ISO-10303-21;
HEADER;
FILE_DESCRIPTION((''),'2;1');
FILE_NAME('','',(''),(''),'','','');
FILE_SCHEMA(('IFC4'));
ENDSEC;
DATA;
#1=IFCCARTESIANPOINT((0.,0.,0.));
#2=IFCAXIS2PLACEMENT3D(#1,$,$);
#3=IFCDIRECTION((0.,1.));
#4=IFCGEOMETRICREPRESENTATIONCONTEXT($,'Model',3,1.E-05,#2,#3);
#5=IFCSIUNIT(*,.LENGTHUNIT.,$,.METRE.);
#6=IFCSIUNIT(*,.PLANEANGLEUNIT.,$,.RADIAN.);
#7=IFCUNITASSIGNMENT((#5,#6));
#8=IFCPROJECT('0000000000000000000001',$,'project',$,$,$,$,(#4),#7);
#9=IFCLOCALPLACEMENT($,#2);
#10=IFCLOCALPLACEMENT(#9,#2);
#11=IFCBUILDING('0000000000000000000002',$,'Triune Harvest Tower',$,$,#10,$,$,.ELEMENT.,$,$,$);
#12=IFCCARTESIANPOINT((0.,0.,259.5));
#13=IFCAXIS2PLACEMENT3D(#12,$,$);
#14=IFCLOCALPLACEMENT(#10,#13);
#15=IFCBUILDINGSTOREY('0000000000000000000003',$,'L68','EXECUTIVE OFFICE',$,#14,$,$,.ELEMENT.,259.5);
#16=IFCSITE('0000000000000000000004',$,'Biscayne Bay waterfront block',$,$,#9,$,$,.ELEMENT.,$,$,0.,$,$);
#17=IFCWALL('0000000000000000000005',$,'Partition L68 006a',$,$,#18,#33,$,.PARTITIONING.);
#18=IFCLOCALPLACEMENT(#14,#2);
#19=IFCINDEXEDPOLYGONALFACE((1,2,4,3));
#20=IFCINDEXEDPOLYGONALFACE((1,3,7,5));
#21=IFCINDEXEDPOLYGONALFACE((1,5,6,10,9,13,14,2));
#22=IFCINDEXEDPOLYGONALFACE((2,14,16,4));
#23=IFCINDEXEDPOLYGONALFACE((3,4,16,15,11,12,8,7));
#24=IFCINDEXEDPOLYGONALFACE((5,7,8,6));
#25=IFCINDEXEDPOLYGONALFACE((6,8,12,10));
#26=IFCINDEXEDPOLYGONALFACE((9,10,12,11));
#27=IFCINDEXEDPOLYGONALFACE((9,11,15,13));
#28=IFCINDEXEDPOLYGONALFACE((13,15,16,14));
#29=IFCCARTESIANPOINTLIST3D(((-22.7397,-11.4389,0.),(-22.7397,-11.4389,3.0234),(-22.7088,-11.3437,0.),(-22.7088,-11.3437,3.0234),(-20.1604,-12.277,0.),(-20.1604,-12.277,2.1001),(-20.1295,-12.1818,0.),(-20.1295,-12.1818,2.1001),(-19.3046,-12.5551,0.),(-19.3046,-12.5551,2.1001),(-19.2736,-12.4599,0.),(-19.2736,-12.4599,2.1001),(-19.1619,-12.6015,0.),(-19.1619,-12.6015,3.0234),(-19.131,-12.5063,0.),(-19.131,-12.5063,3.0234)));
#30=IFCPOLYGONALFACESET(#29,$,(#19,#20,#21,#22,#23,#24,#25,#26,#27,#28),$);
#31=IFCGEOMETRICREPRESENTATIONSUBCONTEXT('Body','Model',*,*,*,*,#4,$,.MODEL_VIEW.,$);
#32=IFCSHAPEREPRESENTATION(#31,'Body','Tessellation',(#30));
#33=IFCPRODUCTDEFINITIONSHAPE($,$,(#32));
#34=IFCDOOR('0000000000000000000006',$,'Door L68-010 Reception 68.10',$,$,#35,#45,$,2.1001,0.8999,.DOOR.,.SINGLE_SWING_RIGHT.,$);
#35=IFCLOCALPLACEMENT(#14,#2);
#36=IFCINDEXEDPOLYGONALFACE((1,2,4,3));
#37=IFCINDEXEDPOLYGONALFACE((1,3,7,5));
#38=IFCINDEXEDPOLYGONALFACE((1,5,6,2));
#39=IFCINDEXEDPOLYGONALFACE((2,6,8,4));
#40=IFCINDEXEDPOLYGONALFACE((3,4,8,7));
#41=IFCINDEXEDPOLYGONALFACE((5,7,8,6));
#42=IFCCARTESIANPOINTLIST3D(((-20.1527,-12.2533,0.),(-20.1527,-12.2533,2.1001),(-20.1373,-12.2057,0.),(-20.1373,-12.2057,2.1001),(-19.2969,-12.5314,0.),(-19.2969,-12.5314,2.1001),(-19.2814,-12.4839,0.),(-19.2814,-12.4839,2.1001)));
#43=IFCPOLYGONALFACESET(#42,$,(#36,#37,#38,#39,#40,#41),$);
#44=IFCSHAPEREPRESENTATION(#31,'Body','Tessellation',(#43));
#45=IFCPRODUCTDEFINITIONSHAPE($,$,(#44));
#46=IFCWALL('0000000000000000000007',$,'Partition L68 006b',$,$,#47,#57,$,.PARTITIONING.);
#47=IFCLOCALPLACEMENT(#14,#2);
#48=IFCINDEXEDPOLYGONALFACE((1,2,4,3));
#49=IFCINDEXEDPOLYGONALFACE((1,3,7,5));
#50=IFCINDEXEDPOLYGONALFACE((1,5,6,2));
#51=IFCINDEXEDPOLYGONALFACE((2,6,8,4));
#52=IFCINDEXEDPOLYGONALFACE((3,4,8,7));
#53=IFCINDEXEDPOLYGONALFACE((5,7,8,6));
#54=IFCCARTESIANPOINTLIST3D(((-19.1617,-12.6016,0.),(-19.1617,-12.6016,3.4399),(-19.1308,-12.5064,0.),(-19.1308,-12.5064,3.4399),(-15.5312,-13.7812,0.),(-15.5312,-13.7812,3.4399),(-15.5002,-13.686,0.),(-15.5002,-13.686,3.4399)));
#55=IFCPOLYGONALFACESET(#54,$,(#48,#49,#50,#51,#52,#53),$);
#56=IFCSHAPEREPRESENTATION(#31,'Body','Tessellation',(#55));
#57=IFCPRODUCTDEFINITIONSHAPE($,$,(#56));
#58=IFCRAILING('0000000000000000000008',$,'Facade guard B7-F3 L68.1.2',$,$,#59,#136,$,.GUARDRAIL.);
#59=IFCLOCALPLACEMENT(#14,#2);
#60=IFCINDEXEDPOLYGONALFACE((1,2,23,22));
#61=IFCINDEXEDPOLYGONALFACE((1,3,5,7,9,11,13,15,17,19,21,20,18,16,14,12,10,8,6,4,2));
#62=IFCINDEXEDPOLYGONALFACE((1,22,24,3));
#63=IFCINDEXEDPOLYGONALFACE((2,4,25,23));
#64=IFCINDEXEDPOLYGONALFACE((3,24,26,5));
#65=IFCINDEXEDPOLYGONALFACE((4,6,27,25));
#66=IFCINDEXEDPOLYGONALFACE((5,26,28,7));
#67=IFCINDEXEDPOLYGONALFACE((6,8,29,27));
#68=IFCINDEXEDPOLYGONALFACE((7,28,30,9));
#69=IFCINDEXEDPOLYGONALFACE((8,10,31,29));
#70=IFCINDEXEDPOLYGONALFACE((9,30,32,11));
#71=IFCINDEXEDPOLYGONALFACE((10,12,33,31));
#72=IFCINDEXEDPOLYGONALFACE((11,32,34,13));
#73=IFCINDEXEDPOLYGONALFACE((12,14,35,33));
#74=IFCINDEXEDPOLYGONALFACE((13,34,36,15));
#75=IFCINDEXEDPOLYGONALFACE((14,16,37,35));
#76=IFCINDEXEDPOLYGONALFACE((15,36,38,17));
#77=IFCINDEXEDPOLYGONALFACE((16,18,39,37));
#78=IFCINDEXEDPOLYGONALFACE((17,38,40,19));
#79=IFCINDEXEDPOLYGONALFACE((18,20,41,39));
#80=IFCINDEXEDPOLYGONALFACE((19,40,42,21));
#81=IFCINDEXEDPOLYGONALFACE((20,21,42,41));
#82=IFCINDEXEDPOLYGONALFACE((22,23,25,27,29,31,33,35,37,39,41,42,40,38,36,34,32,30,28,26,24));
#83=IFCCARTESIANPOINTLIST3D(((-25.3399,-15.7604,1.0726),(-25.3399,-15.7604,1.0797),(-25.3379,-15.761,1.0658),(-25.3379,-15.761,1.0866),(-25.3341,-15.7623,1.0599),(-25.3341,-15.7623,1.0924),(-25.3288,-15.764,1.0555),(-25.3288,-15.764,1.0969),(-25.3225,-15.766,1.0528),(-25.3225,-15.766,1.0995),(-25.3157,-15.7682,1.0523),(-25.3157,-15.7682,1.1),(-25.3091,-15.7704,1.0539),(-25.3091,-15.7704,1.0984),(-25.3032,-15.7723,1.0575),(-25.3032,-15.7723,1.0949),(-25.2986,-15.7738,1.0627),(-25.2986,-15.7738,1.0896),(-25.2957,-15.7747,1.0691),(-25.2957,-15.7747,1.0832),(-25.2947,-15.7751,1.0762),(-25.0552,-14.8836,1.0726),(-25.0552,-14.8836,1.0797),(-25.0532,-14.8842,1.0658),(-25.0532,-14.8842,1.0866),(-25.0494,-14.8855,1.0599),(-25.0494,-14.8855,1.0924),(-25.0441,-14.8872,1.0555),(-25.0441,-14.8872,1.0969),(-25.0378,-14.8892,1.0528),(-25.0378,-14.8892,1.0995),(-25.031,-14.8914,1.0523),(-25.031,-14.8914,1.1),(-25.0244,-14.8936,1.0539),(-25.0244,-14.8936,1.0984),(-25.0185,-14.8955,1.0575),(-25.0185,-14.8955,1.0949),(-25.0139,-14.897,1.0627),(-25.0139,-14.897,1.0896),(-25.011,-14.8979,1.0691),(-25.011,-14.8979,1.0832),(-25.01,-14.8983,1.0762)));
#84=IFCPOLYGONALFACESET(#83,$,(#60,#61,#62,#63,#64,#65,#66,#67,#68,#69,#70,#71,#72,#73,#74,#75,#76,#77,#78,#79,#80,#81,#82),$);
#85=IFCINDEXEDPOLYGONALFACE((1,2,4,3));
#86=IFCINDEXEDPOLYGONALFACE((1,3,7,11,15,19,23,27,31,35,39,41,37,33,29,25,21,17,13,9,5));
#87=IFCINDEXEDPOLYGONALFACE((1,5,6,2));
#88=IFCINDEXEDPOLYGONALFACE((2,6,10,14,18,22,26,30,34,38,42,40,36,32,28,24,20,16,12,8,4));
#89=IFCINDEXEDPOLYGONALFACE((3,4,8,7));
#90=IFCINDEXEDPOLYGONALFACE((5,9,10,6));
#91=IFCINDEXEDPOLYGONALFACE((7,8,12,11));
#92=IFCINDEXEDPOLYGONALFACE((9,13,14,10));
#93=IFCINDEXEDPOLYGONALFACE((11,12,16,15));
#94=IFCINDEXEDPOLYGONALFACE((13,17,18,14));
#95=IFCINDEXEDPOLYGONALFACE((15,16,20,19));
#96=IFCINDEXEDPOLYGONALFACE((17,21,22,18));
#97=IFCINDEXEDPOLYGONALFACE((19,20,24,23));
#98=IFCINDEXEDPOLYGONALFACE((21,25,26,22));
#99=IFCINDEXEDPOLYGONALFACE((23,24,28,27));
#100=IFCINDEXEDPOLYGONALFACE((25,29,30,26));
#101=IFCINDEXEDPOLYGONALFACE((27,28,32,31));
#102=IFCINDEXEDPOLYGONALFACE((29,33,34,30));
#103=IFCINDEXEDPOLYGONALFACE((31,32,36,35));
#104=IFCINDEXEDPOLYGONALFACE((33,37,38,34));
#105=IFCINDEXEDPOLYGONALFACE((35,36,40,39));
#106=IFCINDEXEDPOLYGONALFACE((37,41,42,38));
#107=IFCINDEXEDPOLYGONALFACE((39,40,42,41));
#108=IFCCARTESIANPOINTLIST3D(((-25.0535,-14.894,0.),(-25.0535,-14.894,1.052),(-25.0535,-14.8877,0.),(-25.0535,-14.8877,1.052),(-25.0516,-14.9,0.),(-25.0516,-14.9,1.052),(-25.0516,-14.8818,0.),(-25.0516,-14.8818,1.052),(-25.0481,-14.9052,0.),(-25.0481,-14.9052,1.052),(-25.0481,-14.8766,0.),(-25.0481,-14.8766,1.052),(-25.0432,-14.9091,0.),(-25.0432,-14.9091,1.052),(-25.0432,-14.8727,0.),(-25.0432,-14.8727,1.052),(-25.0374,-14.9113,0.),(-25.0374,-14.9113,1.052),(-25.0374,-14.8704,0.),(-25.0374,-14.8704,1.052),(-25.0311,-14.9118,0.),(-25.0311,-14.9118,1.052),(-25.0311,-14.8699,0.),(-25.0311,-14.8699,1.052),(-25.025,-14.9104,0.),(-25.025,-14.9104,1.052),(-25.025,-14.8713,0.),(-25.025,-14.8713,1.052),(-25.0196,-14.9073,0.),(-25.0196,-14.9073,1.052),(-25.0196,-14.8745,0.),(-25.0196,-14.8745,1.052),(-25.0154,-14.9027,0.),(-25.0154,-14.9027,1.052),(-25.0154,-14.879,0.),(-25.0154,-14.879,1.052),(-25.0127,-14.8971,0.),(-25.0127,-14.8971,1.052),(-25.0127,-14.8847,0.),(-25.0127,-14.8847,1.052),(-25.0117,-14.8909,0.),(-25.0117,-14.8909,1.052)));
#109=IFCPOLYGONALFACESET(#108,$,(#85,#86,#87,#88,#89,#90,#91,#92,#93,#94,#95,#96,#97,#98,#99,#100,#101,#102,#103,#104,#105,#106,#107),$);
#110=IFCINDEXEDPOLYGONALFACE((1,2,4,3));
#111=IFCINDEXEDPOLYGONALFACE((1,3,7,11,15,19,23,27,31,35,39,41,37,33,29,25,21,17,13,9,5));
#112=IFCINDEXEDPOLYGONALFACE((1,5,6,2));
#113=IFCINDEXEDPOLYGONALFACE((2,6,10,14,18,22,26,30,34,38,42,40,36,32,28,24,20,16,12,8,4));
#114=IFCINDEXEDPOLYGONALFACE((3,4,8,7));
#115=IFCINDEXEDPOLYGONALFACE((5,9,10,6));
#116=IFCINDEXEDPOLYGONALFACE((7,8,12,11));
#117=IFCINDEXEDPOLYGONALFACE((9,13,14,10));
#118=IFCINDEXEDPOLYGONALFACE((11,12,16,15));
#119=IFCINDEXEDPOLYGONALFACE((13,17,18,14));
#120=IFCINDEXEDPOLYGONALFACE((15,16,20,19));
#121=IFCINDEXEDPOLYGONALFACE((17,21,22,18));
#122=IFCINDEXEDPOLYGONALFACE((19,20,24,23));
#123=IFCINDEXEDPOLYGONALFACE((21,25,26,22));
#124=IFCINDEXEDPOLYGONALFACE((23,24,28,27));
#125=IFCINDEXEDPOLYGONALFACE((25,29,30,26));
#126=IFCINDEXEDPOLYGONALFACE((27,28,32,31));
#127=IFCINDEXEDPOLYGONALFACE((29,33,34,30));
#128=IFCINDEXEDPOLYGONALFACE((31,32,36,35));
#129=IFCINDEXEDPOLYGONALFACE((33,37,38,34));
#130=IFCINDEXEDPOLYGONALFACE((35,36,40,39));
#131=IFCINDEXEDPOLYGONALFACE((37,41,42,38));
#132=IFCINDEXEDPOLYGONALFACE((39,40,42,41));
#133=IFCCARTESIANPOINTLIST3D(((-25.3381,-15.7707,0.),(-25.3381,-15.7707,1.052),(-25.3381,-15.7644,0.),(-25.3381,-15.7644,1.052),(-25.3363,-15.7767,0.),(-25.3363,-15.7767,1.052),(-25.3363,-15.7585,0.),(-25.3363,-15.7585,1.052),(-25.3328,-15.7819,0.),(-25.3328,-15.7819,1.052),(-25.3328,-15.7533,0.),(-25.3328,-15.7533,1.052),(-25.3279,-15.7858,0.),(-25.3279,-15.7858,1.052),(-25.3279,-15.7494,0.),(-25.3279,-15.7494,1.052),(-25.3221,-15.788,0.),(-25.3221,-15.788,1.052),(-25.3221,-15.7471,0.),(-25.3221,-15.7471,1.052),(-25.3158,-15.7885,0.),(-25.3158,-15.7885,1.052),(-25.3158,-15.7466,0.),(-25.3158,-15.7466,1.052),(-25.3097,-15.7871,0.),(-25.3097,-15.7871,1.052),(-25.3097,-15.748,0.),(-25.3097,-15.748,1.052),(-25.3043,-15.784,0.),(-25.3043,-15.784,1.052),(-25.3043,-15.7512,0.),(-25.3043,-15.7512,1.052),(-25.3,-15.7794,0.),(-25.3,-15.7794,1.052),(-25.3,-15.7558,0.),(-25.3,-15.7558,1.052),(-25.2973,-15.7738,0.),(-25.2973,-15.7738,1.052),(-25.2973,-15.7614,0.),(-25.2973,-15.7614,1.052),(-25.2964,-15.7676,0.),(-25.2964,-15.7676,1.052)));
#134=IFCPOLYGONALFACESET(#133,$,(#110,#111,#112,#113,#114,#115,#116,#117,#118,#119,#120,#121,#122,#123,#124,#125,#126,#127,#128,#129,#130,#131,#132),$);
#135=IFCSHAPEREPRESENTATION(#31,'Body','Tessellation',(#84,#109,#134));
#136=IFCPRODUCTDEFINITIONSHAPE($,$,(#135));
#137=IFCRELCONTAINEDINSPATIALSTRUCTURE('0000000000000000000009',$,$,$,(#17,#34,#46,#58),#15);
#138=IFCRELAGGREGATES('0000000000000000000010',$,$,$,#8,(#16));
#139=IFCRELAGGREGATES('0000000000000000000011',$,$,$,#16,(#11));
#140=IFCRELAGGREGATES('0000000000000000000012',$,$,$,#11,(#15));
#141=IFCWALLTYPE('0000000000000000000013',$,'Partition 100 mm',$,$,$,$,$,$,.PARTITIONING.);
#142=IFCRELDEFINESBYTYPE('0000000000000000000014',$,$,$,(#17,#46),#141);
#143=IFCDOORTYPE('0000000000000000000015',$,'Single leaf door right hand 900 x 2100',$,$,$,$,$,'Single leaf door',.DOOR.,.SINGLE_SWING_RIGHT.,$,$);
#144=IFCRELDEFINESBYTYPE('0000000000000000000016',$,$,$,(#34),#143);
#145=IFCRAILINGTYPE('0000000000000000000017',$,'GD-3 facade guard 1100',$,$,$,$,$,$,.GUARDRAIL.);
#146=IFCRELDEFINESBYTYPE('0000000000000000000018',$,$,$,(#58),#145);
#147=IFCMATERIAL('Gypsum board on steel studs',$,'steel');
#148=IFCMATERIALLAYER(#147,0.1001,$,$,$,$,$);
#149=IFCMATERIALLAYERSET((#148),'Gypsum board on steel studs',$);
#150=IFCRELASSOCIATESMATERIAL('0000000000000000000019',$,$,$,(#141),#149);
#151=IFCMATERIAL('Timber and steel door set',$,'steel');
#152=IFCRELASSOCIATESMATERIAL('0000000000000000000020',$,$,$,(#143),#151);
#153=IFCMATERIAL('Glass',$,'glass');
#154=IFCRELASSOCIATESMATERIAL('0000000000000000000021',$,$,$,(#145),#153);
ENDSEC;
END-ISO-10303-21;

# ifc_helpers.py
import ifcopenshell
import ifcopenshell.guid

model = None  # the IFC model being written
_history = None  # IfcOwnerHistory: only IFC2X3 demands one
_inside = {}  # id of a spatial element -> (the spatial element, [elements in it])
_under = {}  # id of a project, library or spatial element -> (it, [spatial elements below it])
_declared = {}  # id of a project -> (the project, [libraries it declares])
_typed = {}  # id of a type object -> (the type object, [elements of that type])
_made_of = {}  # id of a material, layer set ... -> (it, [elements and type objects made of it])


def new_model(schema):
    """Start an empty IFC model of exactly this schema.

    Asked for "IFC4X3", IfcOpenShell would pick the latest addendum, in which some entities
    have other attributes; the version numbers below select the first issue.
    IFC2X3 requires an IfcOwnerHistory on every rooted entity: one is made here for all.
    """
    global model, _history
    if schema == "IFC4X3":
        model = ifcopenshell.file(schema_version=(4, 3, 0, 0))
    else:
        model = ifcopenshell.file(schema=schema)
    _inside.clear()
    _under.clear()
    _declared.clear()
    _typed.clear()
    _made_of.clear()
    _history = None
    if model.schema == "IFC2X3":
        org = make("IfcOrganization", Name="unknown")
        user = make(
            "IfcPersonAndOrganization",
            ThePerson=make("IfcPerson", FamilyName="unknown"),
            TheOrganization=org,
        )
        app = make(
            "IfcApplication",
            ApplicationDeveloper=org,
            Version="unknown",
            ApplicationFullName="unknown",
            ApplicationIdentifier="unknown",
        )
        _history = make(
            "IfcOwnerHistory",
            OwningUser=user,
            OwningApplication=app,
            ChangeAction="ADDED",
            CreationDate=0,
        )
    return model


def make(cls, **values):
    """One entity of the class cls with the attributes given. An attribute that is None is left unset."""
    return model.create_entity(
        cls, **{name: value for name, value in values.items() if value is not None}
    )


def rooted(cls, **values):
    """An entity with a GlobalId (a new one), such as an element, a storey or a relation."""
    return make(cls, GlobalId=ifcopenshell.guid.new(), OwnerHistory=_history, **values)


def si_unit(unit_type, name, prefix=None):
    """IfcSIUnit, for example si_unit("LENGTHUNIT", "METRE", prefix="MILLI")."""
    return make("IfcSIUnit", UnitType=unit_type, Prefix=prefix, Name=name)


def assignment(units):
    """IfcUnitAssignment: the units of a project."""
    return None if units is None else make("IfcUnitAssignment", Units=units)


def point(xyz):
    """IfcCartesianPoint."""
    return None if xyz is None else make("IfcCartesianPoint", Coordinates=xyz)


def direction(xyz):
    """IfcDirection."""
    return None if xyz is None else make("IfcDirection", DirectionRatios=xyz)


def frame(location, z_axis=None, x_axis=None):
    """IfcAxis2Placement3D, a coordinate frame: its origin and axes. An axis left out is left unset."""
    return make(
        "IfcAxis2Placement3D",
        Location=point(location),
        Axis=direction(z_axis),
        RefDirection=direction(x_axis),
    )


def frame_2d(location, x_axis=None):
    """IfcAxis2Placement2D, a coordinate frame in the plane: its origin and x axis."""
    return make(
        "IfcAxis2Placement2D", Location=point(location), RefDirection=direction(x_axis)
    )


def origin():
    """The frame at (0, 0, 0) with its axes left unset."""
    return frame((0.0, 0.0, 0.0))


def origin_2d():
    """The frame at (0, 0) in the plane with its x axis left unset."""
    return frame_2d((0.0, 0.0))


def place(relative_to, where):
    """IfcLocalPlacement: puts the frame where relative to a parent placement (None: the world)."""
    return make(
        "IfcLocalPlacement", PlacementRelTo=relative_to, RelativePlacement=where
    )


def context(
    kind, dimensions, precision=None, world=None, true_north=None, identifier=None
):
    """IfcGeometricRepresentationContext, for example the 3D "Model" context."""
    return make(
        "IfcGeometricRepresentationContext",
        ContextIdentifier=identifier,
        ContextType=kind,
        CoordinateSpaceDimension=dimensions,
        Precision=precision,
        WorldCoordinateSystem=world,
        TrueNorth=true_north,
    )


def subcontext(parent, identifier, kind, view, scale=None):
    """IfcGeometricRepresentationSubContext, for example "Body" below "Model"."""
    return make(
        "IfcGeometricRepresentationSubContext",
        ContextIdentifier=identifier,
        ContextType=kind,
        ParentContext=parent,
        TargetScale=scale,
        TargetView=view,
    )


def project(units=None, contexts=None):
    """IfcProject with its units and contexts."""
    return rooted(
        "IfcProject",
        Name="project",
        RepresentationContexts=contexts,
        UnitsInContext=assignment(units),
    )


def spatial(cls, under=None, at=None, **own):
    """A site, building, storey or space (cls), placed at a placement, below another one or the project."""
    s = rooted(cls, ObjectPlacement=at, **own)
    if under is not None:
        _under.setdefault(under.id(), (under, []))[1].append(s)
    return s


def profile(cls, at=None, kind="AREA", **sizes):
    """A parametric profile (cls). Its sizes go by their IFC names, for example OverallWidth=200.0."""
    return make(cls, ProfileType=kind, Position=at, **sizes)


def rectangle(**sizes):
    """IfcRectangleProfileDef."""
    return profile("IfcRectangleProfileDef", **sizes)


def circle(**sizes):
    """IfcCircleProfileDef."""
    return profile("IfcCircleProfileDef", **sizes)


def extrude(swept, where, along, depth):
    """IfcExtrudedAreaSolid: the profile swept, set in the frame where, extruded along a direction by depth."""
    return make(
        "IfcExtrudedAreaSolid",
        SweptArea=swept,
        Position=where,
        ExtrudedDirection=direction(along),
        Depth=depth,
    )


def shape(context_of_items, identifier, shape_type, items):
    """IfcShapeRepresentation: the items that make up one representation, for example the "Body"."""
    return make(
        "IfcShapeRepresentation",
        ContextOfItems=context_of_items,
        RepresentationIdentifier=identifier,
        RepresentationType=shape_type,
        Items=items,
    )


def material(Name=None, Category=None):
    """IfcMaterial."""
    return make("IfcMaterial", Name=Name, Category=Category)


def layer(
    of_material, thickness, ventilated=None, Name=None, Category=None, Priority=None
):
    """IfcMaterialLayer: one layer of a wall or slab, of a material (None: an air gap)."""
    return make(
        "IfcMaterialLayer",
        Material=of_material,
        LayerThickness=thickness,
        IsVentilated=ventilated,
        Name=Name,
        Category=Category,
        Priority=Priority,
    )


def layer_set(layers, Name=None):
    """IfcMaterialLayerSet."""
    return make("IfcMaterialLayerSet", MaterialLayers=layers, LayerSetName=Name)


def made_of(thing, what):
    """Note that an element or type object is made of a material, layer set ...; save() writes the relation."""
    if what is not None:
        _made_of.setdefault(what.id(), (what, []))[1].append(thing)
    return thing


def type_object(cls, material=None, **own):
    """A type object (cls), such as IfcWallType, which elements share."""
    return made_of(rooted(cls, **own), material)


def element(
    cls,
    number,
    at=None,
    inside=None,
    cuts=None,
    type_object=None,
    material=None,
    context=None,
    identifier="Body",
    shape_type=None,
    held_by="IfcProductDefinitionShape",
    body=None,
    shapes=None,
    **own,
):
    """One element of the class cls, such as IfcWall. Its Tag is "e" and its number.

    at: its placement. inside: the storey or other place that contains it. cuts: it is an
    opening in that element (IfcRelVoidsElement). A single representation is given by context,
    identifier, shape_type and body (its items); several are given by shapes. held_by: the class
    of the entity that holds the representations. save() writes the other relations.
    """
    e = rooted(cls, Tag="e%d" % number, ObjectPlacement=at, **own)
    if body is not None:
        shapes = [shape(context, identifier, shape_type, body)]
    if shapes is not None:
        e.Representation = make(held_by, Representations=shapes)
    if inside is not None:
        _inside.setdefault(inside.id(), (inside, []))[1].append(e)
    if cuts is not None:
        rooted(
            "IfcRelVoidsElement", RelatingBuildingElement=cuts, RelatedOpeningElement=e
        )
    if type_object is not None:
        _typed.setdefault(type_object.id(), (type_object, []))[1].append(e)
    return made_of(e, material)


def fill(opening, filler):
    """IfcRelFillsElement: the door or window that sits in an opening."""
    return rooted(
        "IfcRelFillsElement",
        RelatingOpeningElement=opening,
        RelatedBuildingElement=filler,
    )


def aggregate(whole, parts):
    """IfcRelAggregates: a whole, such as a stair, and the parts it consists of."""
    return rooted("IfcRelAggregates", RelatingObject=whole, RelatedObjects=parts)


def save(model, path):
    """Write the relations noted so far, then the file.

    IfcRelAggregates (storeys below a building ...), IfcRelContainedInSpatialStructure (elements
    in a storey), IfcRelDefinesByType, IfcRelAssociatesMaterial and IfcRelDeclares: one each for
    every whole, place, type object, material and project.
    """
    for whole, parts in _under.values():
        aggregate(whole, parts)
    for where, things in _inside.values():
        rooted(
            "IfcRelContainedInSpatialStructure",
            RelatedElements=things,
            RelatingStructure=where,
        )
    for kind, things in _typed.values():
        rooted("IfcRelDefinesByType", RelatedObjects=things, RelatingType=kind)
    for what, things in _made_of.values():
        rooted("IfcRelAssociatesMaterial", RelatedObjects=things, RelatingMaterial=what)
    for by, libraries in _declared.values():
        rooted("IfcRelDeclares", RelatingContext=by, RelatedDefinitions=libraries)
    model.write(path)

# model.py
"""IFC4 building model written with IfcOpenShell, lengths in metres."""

from ifc_helpers import new_model, si_unit, direction, frame, frame_2d, origin, origin_2d, place, context, subcontext, project, spatial, rectangle, circle, extrude, material, layer, layer_set, type_object, element, fill, save


model = new_model("IFC4")

# Units and contexts
model_context = context("Model", 3, precision=1e-05, world=origin(), true_north=direction((0.0, 1.0)))
body_context = subcontext(model_context, "Body", "Model", "MODEL_VIEW")
ifc_project = project(units=[si_unit("LENGTHUNIT", "METRE"), si_unit("PLANEANGLEUNIT", "RADIAN")], contexts=[model_context])

# Site, building, storey
site_placement = place(None, origin())
site = spatial("IfcSite", under=ifc_project, at=site_placement, Name="Biscayne Bay waterfront block", CompositionType="ELEMENT", RefElevation=0.0)
building_placement = place(site_placement, origin())
building = spatial("IfcBuilding", under=site, at=building_placement, Name="Triune Harvest Tower", CompositionType="ELEMENT")
storey_placement = place(building_placement, frame((0.0, 0.0, 259.5)))
storey = spatial("IfcBuildingStorey", under=building, at=storey_placement, Name="L68", Description="EXECUTIVE OFFICE", CompositionType="ELEMENT", Elevation=259.5)

# Shared definitions
ifc_material_1 = material(Name="Gypsum board on steel studs", Category="steel")
ifc_layer_1 = layer(ifc_material_1, 0.1001)
ifc_layer_set_1 = layer_set([ifc_layer_1], Name="Gypsum board on steel studs")
wall_type = type_object("IfcWallType", Name="Partition 100 mm", PredefinedType="PARTITIONING", material=ifc_layer_set_1)

# Wall, opening, door
wall_1_placement = place(storey_placement, frame((-22.7241, -11.3914, 0.0), z_axis=(0.0, 0.0, 1.0), x_axis=(0.951051, -0.309035, 0.0)))
wall_1 = element("IfcWall", 1, at=wall_1_placement, inside=storey, type_object=wall_type, Name="Partition L68 006a", PredefinedType="PARTITIONING", context=body_context, shape_type="SweptSolid", body=[
    extrude(rectangle(XDim=3.762, YDim=0.1001, at=frame_2d((1.8809, 0.0))), origin(), (0.0, 0.0, 1.0), 3.0234),
])
opening_placement = place(wall_1_placement, frame((2.7119, 0.0, 0.0)))
opening = element("IfcOpeningElement", 2, at=opening_placement, cuts=wall_1, PredefinedType="OPENING", context=body_context, shape_type="SweptSolid", body=[
    extrude(rectangle(XDim=0.8999, YDim=2.1001, at=frame_2d((0.45, 1.05))), frame((0.0, 0.0601, 0.0), z_axis=(0.0, -1.0, 0.0), x_axis=(1.0, 0.0, 0.0)), (0.0, 0.0, 1.0), 0.1201),
])
ifc_material_2 = material(Name="Timber and steel door set", Category="steel")
door_type = type_object("IfcDoorType", Name="Single leaf door right hand 900 x 2100", ElementType="Single leaf door", OperationType="SINGLE_SWING_RIGHT", PredefinedType="DOOR", material=ifc_material_2)
door_placement = place(opening_placement, origin())
door = element("IfcDoor", 3, at=door_placement, inside=storey, type_object=door_type, Name="Door L68-010 Reception 68.10", OperationType="SINGLE_SWING_RIGHT", OverallHeight=2.1001, OverallWidth=0.8999, PredefinedType="DOOR", context=body_context, shape_type="SweptSolid", body=[
    extrude(rectangle(XDim=0.8999, YDim=2.1001, at=frame_2d((0.45, 1.05))), frame((0.0, 0.0249, 0.0), z_axis=(0.0, -1.0, 0.0), x_axis=(1.0, 0.0, 0.0)), (0.0, 0.0, 1.0), 0.05),
])
fill(opening, door)

# Wall
wall_2_placement = place(storey_placement, frame((-19.1462, -12.554, 0.0), z_axis=(0.0, 0.0, 1.0), x_axis=(0.951054, -0.309024, 0.0)))
element("IfcWall", 4, at=wall_2_placement, inside=storey, type_object=wall_type, Name="Partition L68 006b", PredefinedType="PARTITIONING", context=body_context, shape_type="SweptSolid", body=[
    extrude(rectangle(XDim=3.8174, YDim=0.1001, at=frame_2d((1.9087, 0.0))), origin(), (0.0, 0.0, 1.0), 3.4399),
])

# Railing
ifc_material_3 = material(Name="Glass", Category="glass")
railing_type = type_object("IfcRailingType", Name="GD-3 facade guard 1100", PredefinedType="GUARDRAIL", material=ifc_material_3)
railing_placement = place(storey_placement, frame((-25.0327, -14.8909, 0.0)))
element("IfcRailing", 5, at=railing_placement, inside=storey, type_object=railing_type, Name="Facade guard B7-F3 L68.1.2", PredefinedType="GUARDRAIL", context=body_context, shape_type="SweptSolid", body=[
    extrude(circle(Radius=0.0239, at=origin_2d()), frame((0.0, 0.0, 1.0762), z_axis=(-0.308829, -0.951118, 0.0), x_axis=(0.951118, -0.308829, 0.0)), (0.0, 0.0, 1.0), 0.9219),
    extrude(circle(Radius=0.021, at=origin_2d()), origin(), (0.0, 0.0, 1.0), 1.052),
    extrude(circle(Radius=0.021, at=origin_2d()), frame((-0.2847, -0.8767, 0.0)), (0.0, 0.0, 1.0), 1.052),
])

save(model, "model.ifc")
